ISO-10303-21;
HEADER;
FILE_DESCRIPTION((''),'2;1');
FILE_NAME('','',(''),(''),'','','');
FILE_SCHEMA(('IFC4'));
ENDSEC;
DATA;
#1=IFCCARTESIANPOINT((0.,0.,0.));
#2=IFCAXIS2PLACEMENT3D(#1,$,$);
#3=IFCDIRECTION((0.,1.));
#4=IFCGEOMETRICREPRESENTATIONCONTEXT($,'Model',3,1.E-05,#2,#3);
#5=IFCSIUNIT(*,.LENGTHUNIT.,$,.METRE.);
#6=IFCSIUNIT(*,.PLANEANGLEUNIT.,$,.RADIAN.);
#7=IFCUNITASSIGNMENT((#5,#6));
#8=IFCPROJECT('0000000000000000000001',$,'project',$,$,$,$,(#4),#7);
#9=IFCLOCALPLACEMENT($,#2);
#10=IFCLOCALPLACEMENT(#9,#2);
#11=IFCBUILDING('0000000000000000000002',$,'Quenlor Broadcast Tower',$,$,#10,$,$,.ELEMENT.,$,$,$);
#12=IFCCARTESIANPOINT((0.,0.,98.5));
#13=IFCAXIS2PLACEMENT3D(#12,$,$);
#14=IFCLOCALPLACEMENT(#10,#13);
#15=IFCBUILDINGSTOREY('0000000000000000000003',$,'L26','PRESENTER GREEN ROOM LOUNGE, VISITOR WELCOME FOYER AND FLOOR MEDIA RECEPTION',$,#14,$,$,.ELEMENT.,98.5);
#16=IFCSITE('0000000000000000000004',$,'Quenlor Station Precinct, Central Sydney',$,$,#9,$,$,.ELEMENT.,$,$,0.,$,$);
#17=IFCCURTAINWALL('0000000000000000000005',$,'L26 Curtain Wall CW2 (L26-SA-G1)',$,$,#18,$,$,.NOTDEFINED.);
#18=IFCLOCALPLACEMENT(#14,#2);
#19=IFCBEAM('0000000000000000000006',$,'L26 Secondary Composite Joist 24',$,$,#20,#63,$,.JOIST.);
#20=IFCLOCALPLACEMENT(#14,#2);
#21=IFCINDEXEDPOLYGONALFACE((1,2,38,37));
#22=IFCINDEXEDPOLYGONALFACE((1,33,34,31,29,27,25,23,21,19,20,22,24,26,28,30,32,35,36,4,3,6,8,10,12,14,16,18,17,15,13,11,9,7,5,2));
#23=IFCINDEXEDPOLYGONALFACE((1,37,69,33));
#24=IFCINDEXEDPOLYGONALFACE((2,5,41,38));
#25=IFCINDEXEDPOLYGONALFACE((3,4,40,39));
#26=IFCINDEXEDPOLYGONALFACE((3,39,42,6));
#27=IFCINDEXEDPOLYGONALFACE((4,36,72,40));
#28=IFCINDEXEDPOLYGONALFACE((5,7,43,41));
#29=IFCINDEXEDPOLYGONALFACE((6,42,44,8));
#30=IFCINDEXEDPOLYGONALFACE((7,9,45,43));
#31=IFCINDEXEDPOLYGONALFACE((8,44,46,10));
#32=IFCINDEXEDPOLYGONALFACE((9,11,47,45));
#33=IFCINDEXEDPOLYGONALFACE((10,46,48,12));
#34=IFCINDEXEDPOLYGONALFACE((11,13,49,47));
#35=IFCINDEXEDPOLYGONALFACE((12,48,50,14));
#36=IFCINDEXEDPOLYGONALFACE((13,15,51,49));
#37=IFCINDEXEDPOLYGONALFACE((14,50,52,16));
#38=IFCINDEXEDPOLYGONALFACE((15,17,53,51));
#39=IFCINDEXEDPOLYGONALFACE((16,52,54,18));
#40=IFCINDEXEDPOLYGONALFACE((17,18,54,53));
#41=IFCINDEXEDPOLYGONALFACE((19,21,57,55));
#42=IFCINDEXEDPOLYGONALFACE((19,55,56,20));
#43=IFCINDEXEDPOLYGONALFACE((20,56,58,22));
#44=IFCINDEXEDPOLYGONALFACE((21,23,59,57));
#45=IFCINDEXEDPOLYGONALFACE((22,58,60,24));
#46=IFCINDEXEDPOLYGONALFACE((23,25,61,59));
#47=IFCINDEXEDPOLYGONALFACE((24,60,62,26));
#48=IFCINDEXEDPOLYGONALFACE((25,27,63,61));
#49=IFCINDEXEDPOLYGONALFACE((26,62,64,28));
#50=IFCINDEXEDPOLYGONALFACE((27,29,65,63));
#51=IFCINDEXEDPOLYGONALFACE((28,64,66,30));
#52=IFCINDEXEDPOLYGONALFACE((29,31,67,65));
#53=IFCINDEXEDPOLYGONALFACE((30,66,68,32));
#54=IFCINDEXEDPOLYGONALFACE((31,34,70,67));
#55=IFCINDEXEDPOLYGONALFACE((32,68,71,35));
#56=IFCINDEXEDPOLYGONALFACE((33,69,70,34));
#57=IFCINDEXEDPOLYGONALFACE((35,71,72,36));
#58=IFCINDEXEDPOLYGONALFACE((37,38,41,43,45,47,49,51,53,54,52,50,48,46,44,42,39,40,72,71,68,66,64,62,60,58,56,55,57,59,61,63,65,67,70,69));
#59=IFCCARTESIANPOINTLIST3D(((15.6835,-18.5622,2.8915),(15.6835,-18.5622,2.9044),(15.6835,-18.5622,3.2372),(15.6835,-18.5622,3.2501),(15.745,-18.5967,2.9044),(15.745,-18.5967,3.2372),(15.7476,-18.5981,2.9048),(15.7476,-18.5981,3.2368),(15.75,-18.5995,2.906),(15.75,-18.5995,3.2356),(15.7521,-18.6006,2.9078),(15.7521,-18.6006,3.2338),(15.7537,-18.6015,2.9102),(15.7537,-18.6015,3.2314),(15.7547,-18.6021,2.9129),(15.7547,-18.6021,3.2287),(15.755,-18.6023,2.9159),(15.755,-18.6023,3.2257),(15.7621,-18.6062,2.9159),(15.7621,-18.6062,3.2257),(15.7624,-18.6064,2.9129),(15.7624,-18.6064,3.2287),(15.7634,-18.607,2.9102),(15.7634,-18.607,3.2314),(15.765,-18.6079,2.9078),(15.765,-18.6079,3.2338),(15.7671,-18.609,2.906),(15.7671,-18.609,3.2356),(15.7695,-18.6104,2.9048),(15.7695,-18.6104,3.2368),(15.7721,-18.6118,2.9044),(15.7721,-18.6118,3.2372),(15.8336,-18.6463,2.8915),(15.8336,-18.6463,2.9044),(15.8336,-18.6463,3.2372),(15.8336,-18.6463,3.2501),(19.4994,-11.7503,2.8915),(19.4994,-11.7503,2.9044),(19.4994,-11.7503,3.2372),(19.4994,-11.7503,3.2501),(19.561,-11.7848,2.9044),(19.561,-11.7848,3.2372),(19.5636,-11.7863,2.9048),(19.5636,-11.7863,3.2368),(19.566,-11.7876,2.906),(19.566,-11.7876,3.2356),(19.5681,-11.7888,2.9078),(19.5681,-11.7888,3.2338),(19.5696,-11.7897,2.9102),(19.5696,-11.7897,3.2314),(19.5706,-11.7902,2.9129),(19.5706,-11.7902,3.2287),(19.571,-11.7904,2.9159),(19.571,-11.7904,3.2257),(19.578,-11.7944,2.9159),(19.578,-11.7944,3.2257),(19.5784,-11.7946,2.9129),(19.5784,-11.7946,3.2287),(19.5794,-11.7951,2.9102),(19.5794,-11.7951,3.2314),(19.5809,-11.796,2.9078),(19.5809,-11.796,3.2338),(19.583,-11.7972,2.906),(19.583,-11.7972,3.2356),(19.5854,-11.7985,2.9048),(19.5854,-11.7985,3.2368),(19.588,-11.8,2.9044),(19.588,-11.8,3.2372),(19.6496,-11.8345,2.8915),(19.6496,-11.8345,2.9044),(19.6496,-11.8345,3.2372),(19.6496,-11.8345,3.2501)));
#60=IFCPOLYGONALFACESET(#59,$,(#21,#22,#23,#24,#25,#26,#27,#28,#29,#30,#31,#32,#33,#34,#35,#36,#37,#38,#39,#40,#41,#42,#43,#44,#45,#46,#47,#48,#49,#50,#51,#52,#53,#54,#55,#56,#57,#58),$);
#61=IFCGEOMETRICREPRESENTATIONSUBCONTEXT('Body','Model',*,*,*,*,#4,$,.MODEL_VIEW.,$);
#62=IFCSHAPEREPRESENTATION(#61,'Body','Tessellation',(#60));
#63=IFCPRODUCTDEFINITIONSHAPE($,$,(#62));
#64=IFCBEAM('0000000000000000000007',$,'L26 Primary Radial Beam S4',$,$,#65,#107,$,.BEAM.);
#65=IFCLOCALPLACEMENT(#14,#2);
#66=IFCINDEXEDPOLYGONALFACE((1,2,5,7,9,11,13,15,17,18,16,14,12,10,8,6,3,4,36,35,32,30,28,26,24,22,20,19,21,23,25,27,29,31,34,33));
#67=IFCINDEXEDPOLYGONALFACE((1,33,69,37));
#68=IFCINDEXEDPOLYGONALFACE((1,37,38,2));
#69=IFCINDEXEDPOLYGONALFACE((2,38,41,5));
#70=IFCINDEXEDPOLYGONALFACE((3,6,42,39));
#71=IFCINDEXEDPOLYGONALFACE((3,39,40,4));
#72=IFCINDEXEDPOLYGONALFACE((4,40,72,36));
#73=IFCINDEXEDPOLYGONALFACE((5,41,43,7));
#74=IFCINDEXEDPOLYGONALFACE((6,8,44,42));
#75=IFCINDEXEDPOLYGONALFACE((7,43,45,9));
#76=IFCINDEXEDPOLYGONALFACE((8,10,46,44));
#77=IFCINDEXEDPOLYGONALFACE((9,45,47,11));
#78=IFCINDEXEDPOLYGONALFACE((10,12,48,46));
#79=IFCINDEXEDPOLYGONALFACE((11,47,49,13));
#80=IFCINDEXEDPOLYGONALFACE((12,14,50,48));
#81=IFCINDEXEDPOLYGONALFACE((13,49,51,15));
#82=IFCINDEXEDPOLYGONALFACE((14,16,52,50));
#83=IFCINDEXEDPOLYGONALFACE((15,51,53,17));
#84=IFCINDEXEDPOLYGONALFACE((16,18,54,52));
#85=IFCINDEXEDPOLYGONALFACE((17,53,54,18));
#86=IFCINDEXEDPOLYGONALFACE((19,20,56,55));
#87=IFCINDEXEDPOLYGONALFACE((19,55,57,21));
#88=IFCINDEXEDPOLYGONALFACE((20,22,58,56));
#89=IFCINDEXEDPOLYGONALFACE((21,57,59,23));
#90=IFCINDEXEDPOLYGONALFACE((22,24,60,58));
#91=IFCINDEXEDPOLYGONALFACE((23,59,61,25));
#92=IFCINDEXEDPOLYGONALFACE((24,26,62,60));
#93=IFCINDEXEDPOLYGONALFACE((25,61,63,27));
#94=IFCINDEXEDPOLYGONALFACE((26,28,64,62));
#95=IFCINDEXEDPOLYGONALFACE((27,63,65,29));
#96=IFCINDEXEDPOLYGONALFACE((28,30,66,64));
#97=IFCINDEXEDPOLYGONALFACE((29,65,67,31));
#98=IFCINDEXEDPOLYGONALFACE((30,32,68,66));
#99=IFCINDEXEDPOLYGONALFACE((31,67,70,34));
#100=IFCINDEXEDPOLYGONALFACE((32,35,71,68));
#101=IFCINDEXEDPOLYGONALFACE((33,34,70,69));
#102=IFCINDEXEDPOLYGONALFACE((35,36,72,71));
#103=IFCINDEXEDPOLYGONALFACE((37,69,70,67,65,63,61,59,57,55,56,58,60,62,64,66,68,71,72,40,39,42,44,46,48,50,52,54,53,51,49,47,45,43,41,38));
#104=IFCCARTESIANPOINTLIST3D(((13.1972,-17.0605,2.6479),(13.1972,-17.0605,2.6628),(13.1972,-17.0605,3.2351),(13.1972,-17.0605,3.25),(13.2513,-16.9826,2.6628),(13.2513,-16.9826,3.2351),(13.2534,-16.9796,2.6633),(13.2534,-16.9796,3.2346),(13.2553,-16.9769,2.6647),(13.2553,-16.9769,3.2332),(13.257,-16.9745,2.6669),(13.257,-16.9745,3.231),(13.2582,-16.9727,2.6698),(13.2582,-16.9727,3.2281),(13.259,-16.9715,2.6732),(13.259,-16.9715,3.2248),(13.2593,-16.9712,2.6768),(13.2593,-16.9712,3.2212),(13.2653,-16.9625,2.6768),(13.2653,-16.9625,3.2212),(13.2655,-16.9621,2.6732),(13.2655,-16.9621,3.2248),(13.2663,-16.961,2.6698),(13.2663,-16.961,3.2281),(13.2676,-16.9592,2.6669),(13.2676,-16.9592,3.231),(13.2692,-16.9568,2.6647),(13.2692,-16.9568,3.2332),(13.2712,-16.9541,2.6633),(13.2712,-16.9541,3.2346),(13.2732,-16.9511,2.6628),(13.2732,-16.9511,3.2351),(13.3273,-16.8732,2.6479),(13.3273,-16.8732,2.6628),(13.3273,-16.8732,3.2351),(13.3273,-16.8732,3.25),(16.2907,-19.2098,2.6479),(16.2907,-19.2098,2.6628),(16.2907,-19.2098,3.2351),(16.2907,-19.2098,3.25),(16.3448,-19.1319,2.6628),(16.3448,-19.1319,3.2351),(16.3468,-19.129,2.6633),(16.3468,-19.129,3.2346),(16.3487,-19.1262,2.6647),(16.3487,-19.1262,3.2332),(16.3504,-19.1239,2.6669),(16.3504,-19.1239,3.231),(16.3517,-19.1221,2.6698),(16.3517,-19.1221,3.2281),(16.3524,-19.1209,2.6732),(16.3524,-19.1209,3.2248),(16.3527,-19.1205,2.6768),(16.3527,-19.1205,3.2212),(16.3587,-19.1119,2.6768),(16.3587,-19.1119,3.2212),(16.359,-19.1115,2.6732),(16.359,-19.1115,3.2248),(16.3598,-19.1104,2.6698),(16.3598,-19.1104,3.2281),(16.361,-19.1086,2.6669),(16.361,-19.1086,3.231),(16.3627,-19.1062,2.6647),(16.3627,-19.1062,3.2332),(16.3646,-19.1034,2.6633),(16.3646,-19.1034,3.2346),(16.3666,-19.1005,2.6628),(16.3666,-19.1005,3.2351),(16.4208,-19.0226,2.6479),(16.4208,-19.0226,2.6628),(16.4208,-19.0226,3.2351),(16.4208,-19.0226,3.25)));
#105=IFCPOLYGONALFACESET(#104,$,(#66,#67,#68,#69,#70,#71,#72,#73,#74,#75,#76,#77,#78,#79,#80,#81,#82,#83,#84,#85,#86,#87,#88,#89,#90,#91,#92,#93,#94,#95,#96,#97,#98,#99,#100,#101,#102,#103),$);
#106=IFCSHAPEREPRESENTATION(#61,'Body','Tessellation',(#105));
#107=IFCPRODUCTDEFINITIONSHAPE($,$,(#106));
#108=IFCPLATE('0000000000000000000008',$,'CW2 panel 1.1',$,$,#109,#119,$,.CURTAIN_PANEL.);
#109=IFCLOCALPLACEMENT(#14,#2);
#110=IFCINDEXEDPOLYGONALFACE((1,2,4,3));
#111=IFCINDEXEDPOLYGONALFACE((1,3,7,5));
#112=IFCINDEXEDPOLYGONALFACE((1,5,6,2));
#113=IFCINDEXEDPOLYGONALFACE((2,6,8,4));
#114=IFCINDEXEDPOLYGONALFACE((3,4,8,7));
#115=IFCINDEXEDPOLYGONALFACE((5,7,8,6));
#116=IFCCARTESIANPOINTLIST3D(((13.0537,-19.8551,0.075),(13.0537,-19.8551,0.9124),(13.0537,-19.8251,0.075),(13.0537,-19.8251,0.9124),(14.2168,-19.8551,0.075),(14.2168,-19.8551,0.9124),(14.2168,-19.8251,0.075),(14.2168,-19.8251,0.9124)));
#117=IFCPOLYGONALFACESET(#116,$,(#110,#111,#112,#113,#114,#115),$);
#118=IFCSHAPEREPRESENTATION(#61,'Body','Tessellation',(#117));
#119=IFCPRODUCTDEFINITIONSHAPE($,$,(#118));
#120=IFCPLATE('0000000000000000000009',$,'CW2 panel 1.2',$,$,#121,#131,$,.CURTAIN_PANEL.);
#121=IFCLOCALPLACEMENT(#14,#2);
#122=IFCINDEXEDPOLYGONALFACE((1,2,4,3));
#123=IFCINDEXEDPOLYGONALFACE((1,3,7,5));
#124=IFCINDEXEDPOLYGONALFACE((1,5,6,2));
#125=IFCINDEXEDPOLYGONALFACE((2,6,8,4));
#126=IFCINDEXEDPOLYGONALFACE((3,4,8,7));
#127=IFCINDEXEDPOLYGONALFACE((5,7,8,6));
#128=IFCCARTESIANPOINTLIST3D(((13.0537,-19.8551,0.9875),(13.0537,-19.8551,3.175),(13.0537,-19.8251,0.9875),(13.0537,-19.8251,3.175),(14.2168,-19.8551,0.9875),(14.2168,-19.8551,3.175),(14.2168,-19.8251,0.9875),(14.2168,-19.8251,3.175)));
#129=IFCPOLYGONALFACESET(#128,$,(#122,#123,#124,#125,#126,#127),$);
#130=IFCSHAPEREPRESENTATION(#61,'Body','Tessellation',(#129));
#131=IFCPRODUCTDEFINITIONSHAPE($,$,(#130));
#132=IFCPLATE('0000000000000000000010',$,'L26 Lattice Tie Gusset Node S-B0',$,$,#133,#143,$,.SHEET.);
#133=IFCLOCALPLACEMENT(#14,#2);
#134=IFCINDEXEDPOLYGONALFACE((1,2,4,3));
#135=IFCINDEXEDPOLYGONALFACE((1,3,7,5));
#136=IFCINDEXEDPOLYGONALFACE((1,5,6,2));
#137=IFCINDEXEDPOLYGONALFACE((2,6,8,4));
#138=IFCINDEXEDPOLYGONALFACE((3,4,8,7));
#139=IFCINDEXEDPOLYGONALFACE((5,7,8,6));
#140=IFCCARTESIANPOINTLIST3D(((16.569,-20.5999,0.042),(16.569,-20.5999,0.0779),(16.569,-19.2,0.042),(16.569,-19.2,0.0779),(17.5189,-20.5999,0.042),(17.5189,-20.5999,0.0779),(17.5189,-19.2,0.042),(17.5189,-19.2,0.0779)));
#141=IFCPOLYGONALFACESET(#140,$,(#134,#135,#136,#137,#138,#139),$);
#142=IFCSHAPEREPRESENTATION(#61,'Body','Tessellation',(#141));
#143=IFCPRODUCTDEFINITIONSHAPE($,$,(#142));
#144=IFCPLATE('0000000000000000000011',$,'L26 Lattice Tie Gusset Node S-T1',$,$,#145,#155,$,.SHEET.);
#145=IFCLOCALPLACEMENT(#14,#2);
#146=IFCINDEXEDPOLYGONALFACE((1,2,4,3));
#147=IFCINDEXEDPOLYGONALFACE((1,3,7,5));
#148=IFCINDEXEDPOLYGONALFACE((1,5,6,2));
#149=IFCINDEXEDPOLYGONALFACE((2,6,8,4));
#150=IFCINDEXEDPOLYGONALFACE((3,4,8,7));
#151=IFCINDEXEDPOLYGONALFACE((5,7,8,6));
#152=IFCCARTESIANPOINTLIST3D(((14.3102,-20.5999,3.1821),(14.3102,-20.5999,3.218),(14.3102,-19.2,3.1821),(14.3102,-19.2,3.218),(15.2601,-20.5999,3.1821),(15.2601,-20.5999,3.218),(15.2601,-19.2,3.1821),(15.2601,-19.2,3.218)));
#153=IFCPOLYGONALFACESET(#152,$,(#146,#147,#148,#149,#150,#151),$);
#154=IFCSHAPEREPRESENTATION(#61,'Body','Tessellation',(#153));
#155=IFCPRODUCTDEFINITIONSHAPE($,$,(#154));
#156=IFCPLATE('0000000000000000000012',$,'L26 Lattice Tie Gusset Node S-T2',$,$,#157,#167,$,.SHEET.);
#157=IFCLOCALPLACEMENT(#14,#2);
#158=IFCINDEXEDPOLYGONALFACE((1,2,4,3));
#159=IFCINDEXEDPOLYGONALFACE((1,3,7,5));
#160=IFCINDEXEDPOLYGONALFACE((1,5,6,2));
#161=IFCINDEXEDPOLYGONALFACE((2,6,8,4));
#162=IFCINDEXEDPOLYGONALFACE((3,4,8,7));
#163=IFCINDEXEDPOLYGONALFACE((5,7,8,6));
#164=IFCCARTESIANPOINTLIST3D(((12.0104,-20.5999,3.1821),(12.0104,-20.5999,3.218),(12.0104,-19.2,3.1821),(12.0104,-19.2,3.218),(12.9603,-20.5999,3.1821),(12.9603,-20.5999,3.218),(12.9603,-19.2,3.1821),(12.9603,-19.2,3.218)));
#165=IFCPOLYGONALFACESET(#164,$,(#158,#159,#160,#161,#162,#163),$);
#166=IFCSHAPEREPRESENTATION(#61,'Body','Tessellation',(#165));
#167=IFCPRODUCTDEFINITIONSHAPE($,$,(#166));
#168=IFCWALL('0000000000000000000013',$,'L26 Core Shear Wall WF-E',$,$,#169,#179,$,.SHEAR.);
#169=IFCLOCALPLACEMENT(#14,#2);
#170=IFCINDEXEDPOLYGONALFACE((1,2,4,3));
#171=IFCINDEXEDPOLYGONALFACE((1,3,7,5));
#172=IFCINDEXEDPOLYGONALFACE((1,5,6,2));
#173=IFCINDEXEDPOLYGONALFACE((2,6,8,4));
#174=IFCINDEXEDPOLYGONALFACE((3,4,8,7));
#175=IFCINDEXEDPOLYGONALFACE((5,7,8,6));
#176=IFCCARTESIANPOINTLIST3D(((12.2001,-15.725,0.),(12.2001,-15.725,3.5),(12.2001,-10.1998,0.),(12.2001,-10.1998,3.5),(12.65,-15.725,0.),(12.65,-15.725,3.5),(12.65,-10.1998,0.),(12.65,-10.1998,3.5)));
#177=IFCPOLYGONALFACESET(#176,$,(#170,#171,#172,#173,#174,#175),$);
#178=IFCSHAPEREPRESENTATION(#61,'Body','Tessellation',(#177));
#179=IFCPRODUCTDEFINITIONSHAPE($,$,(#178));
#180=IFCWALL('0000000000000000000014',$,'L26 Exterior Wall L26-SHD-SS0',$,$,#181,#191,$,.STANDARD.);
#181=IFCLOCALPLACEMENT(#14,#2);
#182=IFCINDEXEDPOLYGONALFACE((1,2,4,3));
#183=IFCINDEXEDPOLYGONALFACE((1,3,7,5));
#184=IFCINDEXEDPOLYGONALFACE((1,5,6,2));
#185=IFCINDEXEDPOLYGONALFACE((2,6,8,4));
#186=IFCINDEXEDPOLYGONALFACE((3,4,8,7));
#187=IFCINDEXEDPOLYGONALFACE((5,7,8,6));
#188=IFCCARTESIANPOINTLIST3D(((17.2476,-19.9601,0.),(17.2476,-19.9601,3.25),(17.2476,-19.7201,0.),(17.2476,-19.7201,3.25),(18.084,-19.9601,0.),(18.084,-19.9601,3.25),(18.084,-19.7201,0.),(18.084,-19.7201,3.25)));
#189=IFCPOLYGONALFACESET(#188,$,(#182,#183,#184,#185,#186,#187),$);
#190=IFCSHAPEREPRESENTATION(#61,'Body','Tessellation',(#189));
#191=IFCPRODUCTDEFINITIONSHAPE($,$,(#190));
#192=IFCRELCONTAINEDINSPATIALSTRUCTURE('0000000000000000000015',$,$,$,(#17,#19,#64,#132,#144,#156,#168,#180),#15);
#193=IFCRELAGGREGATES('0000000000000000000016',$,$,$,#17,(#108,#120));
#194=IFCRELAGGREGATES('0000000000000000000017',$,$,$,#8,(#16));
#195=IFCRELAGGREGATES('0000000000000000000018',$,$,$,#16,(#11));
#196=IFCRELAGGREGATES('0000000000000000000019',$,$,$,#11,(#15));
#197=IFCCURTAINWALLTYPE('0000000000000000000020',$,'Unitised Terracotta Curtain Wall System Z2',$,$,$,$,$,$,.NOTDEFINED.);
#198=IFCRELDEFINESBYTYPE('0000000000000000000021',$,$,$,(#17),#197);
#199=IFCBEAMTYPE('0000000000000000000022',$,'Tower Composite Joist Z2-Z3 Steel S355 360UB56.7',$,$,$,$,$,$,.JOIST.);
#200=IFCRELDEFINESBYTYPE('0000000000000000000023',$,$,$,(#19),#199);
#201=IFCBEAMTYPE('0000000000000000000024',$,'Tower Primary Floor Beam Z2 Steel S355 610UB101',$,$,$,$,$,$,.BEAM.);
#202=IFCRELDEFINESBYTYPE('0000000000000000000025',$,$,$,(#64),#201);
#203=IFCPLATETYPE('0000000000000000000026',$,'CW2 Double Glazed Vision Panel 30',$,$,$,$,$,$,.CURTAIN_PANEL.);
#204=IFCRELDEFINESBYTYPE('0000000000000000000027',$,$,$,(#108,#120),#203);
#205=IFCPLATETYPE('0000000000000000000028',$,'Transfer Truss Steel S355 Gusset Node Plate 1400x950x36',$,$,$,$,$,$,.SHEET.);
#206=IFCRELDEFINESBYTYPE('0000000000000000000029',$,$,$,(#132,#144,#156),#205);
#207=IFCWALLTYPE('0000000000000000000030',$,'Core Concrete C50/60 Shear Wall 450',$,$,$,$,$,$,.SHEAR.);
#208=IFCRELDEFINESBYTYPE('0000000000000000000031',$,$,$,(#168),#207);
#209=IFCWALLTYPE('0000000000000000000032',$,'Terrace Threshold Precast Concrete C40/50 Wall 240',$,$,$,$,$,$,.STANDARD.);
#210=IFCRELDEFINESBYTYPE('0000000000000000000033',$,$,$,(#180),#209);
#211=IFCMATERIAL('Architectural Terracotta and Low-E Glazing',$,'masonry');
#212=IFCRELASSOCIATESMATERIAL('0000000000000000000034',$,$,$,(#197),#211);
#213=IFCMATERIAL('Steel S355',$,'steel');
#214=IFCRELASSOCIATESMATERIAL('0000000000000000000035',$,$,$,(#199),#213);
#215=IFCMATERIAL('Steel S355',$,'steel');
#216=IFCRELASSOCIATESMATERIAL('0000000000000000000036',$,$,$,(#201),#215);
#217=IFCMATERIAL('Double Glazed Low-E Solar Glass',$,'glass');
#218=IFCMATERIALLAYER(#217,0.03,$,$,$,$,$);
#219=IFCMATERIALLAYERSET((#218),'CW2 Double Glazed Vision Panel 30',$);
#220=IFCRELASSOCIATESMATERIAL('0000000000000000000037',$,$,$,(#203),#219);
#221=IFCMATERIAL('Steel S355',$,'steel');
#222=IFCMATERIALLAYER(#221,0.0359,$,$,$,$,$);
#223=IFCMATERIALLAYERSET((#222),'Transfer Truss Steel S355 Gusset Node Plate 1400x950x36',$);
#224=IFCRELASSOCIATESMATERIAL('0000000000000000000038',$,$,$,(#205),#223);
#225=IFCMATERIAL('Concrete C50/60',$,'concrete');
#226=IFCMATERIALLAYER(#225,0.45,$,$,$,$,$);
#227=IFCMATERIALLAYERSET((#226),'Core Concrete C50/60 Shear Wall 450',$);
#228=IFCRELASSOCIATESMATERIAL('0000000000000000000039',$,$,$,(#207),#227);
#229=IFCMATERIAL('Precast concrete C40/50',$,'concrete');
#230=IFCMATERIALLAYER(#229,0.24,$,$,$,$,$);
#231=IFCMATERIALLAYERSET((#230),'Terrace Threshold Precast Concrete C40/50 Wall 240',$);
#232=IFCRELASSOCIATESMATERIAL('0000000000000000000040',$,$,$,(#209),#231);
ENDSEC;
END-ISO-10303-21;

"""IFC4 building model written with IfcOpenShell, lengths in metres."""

from ifc_helpers import new_model, si_unit, direction, frame, frame_2d, origin, origin_2d, place, context, subcontext, project, spatial, rectangle, i_section, extrude, material, layer, layer_set, material_profile, profile_set, type_object, element, aggregate, save


model = new_model("IFC4")

# Units and contexts
model_context = context("Model", 3, precision=1e-05, world=origin(), true_north=direction((0.0, 1.0)))
body_context = subcontext(model_context, "Body", "Model", "MODEL_VIEW")
ifc_project = project(units=[si_unit("LENGTHUNIT", "METRE"), si_unit("PLANEANGLEUNIT", "RADIAN")], contexts=[model_context])

# Site, building, storey
site_placement = place(None, origin())
site = spatial("IfcSite", under=ifc_project, at=site_placement, Name="Quenlor Station Precinct, Central Sydney", CompositionType="ELEMENT", RefElevation=0.0)
building_placement = place(site_placement, origin())
building = spatial("IfcBuilding", under=site, at=building_placement, Name="Quenlor Broadcast Tower", CompositionType="ELEMENT")
storey_placement = place(building_placement, frame((0.0, 0.0, 98.5)))
storey = spatial("IfcBuildingStorey", under=building, at=storey_placement, Name="L26", Description="PRESENTER GREEN ROOM LOUNGE, VISITOR WELCOME FOYER AND FLOOR MEDIA RECEPTION", CompositionType="ELEMENT", Elevation=98.5)

# Curtain wall
ifc_material_1 = material(Name="Architectural Terracotta and Low-E Glazing", Category="masonry")
curtain_wall_type = type_object("IfcCurtainWallType", Name="Unitised Terracotta Curtain Wall System Z2", PredefinedType="NOTDEFINED", material=ifc_material_1)
curtain_wall_placement = place(storey_placement, origin())
curtain_wall = element("IfcCurtainWall", 1, at=curtain_wall_placement, inside=storey, type_object=curtain_wall_type, Name="L26 Curtain Wall CW2 (L26-SA-G1)", PredefinedType="NOTDEFINED")

# Beams
ifc_material_2 = material(Name="Steel S355", Category="steel")
ifc_material_profile_1 = material_profile(ifc_material_2, i_section(OverallWidth=0.1721, OverallDepth=0.3586, WebThickness=0.0081, FlangeThickness=0.0129, FilletRadius=0.0115, at=origin_2d()))
ifc_profile_set_1 = profile_set([ifc_material_profile_1], Name="Steel S355 360UB56.7")
beam_type_1 = type_object("IfcBeamType", Name="Tower Composite Joist Z2-Z3 Steel S355 360UB56.7", PredefinedType="JOIST", material=ifc_profile_set_1)
beam_1_placement = place(storey_placement, frame((15.7585, -18.6042, 3.0708), z_axis=(0.488733, 0.872433, 0.0), x_axis=(-0.872433, 0.488733, 0.0)))
element("IfcBeam", 2, at=beam_1_placement, inside=storey, type_object=beam_type_1, Name="L26 Secondary Composite Joist 24", PredefinedType="JOIST", context=body_context, shape_type="SweptSolid", body=[
    extrude(i_section(OverallWidth=0.1721, OverallDepth=0.3586, WebThickness=0.0081, FlangeThickness=0.0129, FilletRadius=0.0115, at=origin_2d()), origin(), (0.0, 0.0, 1.0), 7.8079),
])
ifc_material_3 = material(Name="Steel S355", Category="steel")
ifc_material_profile_2 = material_profile(ifc_material_3, i_section(OverallWidth=0.228, OverallDepth=0.6021, WebThickness=0.0105, FlangeThickness=0.0149, FilletRadius=0.0139, at=origin_2d()))
ifc_profile_set_2 = profile_set([ifc_material_profile_2], Name="Steel S355 610UB101")
beam_type_2 = type_object("IfcBeamType", Name="Tower Primary Floor Beam Z2 Steel S355 610UB101", PredefinedType="BEAM", material=ifc_profile_set_2)
beam_2_placement = place(storey_placement, frame((16.3557, -19.1162, 2.949), z_axis=(-0.821227, 0.570601, 0.0), x_axis=(-0.570601, -0.821227, 0.0)))
element("IfcBeam", 3, at=beam_2_placement, inside=storey, type_object=beam_type_2, Name="L26 Primary Radial Beam S4", PredefinedType="BEAM", context=body_context, shape_type="SweptSolid", body=[
    extrude(i_section(OverallWidth=0.228, OverallDepth=0.6021, WebThickness=0.0105, FlangeThickness=0.0149, FilletRadius=0.0139, at=origin_2d()), origin(), (0.0, 0.0, 1.0), 3.7668),
])

# Plates
ifc_material_4 = material(Name="Double Glazed Low-E Solar Glass", Category="glass")
ifc_layer_1 = layer(ifc_material_4, 0.03)
ifc_layer_set_1 = layer_set([ifc_layer_1], Name="CW2 Double Glazed Vision Panel 30")
plate_type_1 = type_object("IfcPlateType", Name="CW2 Double Glazed Vision Panel 30", PredefinedType="CURTAIN_PANEL", material=ifc_layer_set_1)
plate_1_placement = place(storey_placement, frame((13.6353, -19.8401, 0.075), z_axis=(0.0, 0.0, 1.0), x_axis=(-1.0, 0.0, 0.0)))
plate_1 = element("IfcPlate", 4, at=plate_1_placement, type_object=plate_type_1, Name="CW2 panel 1.1", PredefinedType="CURTAIN_PANEL", context=body_context, shape_type="SweptSolid", body=[
    extrude(rectangle(XDim=1.1631, YDim=0.03, at=origin_2d()), origin(), (0.0, 0.0, 1.0), 0.8374),
])
plate_2_placement = place(storey_placement, frame((13.6353, -19.8401, 0.9875), z_axis=(0.0, 0.0, 1.0), x_axis=(-1.0, 0.0, 0.0)))
plate_2 = element("IfcPlate", 5, at=plate_2_placement, type_object=plate_type_1, Name="CW2 panel 1.2", PredefinedType="CURTAIN_PANEL", context=body_context, shape_type="SweptSolid", body=[
    extrude(rectangle(XDim=1.1631, YDim=0.03, at=origin_2d()), origin(), (0.0, 0.0, 1.0), 2.1875),
])
aggregate(curtain_wall, [plate_1, plate_2])

# Plates
ifc_material_5 = material(Name="Steel S355", Category="steel")
ifc_layer_2 = layer(ifc_material_5, 0.0359)
ifc_layer_set_2 = layer_set([ifc_layer_2], Name="Transfer Truss Steel S355 Gusset Node Plate 1400x950x36")
plate_type_2 = type_object("IfcPlateType", Name="Transfer Truss Steel S355 Gusset Node Plate 1400x950x36", PredefinedType="SHEET", material=ifc_layer_set_2)
for number, where, z_axis, x_axis, name in (
    (6, (17.0439, -19.8999, 0.042), (0.0, 0.0, 1.0), (0.0, -1.0, 0.0), "L26 Lattice Tie Gusset Node S-B0"),
    (7, (14.7852, -19.8999, 3.1821), (0.0, 0.0, 1.0), (0.0, -1.0, 0.0), "L26 Lattice Tie Gusset Node S-T1"),
    (8, (12.4854, -19.8999, 3.1821), (0.0, 0.0, 1.0), (0.0, -1.0, 0.0), "L26 Lattice Tie Gusset Node S-T2"),
):
    element("IfcPlate", number, at=place(storey_placement, frame(where, z_axis=z_axis, x_axis=x_axis)), inside=storey, type_object=plate_type_2, Name=name, PredefinedType="SHEET", context=body_context, shape_type="SweptSolid", body=[
        extrude(rectangle(XDim=1.3999, YDim=0.95, at=origin_2d()), origin(), (0.0, 0.0, 1.0), 0.0359),
    ])

# Walls
ifc_material_6 = material(Name="Concrete C50/60", Category="concrete")
ifc_layer_3 = layer(ifc_material_6, 0.45)
ifc_layer_set_3 = layer_set([ifc_layer_3], Name="Core Concrete C50/60 Shear Wall 450")
wall_type_1 = type_object("IfcWallType", Name="Core Concrete C50/60 Shear Wall 450", PredefinedType="SHEAR", material=ifc_layer_set_3)
wall_1_placement = place(storey_placement, frame((12.425, -15.7251, 0.0), z_axis=(0.0, 0.0, 1.0), x_axis=(0.0, 1.0, 0.0)))
element("IfcWall", 9, at=wall_1_placement, inside=storey, type_object=wall_type_1, Name="L26 Core Shear Wall WF-E", PredefinedType="SHEAR", context=body_context, shape_type="SweptSolid", body=[
    extrude(rectangle(XDim=5.5251, YDim=0.45, at=frame_2d((2.7627, 0.0))), origin(), (0.0, 0.0, 1.0), 3.5),
])
ifc_material_7 = material(Name="Precast concrete C40/50", Category="concrete")
ifc_layer_4 = layer(ifc_material_7, 0.24)
ifc_layer_set_4 = layer_set([ifc_layer_4], Name="Terrace Threshold Precast Concrete C40/50 Wall 240")
wall_type_2 = type_object("IfcWallType", Name="Terrace Threshold Precast Concrete C40/50 Wall 240", PredefinedType="STANDARD", material=ifc_layer_set_4)
wall_2_placement = place(storey_placement, frame((18.084, -19.8401, 0.0), z_axis=(0.0, 0.0, 1.0), x_axis=(-1.0, 0.0, 0.0)))
element("IfcWall", 10, at=wall_2_placement, inside=storey, type_object=wall_type_2, Name="L26 Exterior Wall L26-SHD-SS0", PredefinedType="STANDARD", context=body_context, shape_type="SweptSolid", body=[
    extrude(rectangle(XDim=0.8364, YDim=0.24, at=frame_2d((0.4182, 0.0))), origin(), (0.0, 0.0, 1.0), 3.25),
])

save(model, "model.ifc")
